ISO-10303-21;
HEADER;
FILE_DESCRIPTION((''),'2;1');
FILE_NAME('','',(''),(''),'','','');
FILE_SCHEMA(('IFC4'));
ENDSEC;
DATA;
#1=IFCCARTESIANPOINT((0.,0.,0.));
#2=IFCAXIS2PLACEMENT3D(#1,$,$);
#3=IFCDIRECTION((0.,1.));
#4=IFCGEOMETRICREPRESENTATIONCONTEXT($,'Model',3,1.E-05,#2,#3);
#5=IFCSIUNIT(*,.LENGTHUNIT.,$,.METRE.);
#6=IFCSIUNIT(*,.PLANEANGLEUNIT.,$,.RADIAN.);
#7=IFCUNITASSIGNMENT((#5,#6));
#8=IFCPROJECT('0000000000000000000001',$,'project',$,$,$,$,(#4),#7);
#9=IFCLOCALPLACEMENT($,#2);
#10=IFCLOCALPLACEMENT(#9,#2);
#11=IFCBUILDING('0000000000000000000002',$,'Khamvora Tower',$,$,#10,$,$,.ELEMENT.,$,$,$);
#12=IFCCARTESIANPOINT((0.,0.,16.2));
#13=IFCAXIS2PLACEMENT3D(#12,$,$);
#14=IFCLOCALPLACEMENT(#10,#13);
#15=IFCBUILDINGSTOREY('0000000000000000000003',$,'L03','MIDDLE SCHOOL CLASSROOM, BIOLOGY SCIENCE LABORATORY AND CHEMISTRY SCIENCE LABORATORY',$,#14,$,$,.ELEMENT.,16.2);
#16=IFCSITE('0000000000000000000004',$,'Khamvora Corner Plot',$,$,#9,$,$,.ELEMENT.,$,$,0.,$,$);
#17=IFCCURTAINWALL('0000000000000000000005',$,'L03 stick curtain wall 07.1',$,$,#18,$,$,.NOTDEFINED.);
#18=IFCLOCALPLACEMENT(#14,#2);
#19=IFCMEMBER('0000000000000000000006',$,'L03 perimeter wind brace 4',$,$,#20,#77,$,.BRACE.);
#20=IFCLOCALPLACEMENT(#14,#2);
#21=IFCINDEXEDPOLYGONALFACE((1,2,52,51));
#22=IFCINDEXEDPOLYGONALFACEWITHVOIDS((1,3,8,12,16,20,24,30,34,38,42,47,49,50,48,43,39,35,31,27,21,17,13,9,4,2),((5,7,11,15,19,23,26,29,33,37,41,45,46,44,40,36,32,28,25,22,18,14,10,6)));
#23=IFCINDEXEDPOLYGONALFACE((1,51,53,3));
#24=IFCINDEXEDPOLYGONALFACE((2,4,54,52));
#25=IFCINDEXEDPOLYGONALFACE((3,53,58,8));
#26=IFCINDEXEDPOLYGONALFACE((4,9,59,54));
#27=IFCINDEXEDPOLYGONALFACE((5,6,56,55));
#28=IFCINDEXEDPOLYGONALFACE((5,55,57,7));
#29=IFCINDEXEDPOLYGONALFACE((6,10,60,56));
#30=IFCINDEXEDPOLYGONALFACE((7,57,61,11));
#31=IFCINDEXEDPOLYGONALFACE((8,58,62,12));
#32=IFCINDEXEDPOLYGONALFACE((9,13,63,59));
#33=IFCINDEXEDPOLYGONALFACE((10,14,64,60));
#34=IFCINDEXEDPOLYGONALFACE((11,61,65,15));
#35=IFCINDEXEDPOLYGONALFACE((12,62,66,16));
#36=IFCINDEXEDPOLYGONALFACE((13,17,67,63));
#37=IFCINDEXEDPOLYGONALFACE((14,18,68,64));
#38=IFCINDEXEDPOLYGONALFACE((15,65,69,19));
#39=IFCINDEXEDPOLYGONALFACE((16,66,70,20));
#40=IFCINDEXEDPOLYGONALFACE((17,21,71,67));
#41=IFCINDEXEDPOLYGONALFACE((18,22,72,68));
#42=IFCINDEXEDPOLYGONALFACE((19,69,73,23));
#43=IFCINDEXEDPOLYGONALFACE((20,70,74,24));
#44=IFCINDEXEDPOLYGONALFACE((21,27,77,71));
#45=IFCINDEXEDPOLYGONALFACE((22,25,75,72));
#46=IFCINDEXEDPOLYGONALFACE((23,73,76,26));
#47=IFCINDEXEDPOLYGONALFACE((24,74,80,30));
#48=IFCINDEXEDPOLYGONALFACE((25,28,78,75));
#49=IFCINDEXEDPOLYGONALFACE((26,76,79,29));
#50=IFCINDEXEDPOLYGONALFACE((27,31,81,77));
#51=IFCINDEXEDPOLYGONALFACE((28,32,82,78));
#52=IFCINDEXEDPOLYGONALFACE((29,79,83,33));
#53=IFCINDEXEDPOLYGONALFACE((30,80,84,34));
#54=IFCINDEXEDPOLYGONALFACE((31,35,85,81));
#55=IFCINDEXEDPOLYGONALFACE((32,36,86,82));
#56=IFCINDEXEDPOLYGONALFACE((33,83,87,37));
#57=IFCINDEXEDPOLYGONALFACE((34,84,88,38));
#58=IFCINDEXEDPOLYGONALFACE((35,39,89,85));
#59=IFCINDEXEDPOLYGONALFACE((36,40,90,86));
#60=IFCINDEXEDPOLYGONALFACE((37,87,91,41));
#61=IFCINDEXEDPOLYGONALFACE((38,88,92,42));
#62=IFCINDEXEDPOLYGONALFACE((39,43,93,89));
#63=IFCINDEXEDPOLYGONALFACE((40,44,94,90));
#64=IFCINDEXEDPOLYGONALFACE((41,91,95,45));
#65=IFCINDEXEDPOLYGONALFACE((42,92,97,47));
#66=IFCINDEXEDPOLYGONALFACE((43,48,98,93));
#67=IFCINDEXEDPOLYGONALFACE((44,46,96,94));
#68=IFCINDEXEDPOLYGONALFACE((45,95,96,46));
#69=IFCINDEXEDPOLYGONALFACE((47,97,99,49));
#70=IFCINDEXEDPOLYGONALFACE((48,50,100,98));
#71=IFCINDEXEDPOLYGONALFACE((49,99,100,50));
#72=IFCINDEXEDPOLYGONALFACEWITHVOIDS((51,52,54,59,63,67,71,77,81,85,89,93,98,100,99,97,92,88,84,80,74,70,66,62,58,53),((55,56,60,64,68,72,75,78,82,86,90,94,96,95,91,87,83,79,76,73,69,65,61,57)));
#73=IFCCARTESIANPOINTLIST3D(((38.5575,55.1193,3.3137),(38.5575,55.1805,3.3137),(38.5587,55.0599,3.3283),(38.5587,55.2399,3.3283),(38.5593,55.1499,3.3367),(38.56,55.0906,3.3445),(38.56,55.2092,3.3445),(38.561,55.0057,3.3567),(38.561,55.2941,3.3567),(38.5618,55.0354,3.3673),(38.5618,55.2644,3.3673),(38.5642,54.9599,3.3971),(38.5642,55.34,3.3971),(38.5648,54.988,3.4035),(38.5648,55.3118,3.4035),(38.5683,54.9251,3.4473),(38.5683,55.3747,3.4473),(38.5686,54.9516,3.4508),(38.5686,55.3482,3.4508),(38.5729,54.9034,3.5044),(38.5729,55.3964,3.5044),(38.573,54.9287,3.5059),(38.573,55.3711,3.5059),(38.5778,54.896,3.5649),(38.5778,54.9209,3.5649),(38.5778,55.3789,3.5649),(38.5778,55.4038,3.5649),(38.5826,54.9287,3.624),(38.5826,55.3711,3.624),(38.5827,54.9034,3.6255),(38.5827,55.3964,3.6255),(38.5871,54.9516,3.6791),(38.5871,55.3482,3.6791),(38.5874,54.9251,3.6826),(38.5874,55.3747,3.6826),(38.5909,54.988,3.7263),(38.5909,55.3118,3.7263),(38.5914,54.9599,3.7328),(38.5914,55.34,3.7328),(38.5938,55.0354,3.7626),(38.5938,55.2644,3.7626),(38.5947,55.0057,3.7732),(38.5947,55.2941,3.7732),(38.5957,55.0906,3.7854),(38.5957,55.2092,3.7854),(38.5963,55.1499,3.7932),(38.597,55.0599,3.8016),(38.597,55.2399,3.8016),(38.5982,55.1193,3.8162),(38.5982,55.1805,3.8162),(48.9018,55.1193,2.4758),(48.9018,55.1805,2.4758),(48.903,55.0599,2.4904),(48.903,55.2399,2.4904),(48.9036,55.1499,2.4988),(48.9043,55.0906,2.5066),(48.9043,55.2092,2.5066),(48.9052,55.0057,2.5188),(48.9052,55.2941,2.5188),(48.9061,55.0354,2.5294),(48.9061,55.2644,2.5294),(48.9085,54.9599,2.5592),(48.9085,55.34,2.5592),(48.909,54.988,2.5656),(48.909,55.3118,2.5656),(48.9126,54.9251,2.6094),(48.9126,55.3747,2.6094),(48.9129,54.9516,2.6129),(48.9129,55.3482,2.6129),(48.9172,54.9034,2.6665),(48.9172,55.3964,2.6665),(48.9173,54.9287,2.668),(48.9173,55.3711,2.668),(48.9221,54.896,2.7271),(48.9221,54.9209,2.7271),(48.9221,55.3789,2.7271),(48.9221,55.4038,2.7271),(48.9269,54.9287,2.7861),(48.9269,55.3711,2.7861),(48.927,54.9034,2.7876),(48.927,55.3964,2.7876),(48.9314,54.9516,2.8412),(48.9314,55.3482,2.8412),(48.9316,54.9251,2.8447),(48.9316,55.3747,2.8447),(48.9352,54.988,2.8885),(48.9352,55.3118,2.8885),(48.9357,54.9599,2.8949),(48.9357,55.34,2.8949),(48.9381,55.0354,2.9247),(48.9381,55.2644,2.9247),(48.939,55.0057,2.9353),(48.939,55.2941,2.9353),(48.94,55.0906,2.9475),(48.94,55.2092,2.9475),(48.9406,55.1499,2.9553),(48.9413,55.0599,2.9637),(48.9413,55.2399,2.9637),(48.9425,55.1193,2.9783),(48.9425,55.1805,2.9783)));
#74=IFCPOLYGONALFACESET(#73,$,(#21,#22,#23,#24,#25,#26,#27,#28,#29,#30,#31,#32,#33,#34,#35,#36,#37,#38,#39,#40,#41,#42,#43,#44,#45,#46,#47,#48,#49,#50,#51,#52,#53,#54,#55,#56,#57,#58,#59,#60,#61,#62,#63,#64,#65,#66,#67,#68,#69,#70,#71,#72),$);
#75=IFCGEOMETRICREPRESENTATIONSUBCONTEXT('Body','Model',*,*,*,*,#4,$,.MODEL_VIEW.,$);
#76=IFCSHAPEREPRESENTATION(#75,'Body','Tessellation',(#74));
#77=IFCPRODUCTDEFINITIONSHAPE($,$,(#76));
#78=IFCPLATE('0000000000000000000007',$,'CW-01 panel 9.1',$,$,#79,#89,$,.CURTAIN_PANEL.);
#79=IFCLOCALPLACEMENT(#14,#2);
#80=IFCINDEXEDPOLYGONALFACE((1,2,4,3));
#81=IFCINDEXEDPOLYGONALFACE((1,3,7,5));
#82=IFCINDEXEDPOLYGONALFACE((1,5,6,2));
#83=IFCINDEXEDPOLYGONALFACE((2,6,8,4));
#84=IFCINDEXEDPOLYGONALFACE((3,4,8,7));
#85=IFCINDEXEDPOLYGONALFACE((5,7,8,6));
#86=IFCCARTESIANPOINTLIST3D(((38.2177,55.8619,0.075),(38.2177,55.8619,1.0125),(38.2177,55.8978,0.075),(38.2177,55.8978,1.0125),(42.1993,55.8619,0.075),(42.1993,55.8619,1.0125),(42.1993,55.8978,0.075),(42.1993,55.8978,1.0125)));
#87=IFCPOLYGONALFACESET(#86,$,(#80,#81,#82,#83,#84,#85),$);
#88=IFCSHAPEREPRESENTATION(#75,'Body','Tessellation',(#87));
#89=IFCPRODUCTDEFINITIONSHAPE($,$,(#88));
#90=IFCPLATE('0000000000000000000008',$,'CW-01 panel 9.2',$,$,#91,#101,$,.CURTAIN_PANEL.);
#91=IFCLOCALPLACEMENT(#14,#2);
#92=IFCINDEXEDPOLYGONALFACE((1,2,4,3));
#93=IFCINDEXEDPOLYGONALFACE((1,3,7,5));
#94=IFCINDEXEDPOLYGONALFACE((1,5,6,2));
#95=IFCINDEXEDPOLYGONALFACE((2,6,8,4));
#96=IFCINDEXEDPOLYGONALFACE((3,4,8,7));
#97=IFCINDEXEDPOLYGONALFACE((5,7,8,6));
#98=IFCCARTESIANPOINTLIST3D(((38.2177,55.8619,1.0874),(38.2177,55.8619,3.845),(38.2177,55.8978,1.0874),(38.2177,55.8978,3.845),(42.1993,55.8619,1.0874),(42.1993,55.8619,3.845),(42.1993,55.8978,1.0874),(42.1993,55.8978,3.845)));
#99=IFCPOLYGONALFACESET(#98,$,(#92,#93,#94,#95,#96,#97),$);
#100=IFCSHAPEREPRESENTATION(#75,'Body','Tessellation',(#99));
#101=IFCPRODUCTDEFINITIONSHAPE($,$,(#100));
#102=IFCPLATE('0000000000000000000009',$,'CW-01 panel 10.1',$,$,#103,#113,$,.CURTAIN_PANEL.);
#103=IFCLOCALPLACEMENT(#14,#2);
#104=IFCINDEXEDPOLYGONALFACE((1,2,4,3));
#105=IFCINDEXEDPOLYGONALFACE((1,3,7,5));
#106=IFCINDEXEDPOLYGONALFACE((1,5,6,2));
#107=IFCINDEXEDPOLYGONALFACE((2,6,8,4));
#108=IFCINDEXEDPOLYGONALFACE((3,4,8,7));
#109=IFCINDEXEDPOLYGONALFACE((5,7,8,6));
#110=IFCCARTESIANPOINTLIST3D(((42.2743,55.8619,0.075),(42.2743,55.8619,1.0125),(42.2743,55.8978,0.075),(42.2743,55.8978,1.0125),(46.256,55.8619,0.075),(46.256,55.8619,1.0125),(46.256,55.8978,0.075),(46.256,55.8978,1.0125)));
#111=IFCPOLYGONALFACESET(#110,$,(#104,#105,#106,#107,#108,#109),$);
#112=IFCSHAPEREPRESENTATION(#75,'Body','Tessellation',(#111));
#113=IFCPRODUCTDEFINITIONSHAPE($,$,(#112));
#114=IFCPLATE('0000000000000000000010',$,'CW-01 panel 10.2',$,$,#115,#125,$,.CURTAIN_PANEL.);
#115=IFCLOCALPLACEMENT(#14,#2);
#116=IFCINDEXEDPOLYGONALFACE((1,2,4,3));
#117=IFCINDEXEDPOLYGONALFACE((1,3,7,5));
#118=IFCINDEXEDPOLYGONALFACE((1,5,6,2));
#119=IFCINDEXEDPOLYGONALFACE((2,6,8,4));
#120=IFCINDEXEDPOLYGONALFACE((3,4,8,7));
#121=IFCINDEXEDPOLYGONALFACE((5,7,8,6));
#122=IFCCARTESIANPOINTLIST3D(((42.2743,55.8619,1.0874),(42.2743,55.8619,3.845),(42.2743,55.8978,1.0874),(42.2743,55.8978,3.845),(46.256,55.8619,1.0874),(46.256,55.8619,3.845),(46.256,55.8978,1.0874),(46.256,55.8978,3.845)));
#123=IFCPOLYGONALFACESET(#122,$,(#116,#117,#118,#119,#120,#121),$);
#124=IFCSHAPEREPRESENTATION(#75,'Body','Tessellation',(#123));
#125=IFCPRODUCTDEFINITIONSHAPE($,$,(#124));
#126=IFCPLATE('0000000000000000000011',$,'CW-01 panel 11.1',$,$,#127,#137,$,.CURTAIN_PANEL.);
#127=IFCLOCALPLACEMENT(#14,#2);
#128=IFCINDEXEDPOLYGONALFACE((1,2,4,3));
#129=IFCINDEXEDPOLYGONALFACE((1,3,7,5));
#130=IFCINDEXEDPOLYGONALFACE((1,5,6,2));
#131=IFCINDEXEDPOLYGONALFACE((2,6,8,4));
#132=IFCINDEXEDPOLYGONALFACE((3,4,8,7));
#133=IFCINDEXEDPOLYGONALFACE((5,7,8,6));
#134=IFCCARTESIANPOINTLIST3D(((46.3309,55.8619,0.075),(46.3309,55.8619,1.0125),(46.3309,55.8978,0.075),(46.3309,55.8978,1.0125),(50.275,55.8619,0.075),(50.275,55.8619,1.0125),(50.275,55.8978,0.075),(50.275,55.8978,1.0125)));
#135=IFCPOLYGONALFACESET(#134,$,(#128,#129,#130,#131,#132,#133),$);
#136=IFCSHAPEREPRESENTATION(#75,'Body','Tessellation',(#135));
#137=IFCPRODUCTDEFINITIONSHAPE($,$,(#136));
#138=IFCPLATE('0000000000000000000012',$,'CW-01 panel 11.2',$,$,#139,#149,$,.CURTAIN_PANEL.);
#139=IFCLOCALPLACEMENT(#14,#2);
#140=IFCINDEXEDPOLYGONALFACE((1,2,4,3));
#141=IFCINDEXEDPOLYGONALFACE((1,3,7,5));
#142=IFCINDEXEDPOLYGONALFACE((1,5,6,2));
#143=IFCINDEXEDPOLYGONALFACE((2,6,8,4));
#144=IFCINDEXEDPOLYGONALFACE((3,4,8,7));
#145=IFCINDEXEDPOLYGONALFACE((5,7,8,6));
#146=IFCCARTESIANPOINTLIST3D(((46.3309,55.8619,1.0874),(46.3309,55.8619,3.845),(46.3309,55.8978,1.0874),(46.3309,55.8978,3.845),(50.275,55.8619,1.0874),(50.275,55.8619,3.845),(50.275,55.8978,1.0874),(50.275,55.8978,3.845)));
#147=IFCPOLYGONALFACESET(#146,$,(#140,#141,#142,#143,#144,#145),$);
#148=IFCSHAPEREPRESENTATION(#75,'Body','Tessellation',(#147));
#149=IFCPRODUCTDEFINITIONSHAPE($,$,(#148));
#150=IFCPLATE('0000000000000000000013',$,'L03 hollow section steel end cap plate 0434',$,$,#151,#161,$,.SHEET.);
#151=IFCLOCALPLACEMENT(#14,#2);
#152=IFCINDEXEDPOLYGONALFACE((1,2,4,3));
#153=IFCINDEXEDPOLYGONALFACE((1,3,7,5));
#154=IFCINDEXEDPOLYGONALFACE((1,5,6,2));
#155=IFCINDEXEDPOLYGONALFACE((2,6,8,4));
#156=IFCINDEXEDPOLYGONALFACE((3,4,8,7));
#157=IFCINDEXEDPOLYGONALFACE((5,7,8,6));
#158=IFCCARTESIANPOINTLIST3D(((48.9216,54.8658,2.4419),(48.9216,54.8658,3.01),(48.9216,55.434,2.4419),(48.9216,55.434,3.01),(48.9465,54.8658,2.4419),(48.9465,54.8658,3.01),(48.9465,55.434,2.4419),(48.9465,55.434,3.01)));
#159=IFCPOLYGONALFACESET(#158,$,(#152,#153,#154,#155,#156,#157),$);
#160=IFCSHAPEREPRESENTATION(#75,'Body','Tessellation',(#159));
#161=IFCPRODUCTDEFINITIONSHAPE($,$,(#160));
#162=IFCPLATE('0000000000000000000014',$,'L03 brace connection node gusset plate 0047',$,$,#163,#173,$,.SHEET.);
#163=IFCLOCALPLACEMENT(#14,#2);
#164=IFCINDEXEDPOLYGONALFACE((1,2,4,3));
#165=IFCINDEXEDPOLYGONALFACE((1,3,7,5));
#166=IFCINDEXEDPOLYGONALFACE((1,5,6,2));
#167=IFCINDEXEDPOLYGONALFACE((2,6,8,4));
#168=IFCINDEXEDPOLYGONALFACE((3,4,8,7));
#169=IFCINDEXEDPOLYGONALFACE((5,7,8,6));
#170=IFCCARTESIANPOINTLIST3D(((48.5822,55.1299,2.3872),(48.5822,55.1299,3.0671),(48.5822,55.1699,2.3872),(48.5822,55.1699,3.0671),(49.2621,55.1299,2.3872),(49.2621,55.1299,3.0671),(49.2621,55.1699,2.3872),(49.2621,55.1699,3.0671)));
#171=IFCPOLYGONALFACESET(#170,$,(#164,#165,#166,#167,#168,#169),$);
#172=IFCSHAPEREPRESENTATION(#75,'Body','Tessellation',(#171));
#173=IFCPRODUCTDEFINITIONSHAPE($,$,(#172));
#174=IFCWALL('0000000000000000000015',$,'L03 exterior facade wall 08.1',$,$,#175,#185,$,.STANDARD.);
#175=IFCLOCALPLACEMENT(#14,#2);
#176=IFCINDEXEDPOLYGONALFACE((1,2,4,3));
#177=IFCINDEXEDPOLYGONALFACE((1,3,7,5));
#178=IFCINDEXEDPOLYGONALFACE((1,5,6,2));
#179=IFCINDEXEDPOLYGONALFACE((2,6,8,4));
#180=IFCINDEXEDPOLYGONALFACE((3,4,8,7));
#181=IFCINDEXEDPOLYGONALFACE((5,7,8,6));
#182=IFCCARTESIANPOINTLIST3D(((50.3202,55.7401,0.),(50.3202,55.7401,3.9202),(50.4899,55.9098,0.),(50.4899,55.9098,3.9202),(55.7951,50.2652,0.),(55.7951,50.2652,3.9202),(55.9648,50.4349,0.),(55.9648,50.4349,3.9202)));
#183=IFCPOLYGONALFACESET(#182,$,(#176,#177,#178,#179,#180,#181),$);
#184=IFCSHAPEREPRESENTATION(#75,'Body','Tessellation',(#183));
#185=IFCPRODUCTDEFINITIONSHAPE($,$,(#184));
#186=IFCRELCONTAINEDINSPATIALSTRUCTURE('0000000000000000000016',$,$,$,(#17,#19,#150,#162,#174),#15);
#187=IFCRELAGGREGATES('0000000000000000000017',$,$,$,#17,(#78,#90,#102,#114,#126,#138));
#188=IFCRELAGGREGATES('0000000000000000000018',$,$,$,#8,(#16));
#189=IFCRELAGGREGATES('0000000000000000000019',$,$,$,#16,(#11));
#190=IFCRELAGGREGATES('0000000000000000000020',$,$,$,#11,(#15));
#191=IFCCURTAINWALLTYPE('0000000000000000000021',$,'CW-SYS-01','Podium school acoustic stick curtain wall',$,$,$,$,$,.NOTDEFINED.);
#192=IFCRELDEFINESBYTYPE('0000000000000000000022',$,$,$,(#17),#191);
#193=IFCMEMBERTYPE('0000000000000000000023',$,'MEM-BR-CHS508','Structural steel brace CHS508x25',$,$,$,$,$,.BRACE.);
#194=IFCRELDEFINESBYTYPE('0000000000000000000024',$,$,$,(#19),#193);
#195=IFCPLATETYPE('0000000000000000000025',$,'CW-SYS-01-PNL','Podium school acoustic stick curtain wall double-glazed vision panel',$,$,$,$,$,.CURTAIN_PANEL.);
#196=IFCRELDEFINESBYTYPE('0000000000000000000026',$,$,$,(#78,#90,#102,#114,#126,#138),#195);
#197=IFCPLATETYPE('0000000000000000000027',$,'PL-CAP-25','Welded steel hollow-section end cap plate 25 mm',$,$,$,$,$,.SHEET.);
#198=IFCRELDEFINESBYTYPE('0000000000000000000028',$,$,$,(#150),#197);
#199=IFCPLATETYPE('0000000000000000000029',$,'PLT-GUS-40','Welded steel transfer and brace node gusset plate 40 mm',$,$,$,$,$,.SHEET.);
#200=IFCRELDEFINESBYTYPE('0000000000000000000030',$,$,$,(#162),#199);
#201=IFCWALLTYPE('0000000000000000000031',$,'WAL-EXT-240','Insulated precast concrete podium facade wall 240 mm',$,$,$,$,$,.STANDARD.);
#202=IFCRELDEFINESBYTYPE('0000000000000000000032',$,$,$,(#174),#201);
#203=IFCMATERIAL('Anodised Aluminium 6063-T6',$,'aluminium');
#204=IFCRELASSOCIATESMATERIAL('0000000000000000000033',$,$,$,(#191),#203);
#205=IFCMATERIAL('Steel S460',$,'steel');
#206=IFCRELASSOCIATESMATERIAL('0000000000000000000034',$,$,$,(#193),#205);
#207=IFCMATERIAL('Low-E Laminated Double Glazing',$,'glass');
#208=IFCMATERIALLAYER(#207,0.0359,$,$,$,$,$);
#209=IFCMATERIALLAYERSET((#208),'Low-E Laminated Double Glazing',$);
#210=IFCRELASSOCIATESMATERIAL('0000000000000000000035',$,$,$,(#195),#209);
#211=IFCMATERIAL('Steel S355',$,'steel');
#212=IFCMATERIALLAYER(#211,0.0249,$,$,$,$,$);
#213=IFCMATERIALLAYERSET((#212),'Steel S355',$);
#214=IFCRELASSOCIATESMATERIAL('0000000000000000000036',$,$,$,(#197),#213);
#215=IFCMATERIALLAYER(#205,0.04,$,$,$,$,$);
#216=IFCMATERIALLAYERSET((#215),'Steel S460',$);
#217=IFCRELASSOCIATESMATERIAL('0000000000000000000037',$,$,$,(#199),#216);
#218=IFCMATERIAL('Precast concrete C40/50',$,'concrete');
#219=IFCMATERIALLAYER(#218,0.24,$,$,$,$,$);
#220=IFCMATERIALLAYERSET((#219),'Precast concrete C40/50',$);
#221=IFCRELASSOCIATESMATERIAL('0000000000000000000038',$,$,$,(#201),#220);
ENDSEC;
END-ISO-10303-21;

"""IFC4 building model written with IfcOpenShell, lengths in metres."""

from ifc_helpers import new_model, si_unit, direction, frame, frame_2d, origin, origin_2d, place, context, subcontext, project, spatial, rectangle, hollow_circle, extrude, material, layer, layer_set, material_profile, profile_set, type_object, element, aggregate, save


model = new_model("IFC4")

# Units and contexts
model_context = context("Model", 3, precision=1e-05, world=origin(), true_north=direction((0.0, 1.0)))
body_context = subcontext(model_context, "Body", "Model", "MODEL_VIEW")
ifc_project = project(units=[si_unit("LENGTHUNIT", "METRE"), si_unit("PLANEANGLEUNIT", "RADIAN")], contexts=[model_context])

# Site, building, storey
site_placement = place(None, origin())
site = spatial("IfcSite", under=ifc_project, at=site_placement, Name="Khamvora Corner Plot", CompositionType="ELEMENT", RefElevation=0.0)
building_placement = place(site_placement, origin())
building = spatial("IfcBuilding", under=site, at=building_placement, Name="Khamvora Tower", CompositionType="ELEMENT")
storey_placement = place(building_placement, frame((0.0, 0.0, 16.2)))
storey = spatial("IfcBuildingStorey", under=building, at=storey_placement, Name="L03", Description="MIDDLE SCHOOL CLASSROOM, BIOLOGY SCIENCE LABORATORY AND CHEMISTRY SCIENCE LABORATORY", CompositionType="ELEMENT", Elevation=16.2)

# Shared definitions
ifc_material_1 = material(Name="Steel S460", Category="steel")

# Shared definitions
ifc_material_2 = material(Name="Steel S355", Category="steel")

# Curtain wall
ifc_material_3 = material(Name="Anodised Aluminium 6063-T6", Category="aluminium")
curtain_wall_type = type_object("IfcCurtainWallType", Name="CW-SYS-01", Description="Podium school acoustic stick curtain wall", PredefinedType="NOTDEFINED", material=ifc_material_3)
curtain_wall_placement = place(storey_placement, origin())
curtain_wall = element("IfcCurtainWall", 1, at=curtain_wall_placement, inside=storey, type_object=curtain_wall_type, Name="L03 stick curtain wall 07.1", PredefinedType="NOTDEFINED")

# Member
ifc_material_profile_1 = material_profile(ifc_material_1, hollow_circle(Radius=0.2539, WallThickness=0.0249, at=origin_2d()), Name="CHS508x25")
ifc_profile_set_1 = profile_set([ifc_material_profile_1], Name="Steel S460")
member_type_1 = type_object("IfcMemberType", Name="MEM-BR-CHS508", Description="Structural steel brace CHS508x25", PredefinedType="BRACE", material=ifc_profile_set_1)
member_1_placement = place(storey_placement, frame((48.9221, 55.1499, 2.7271), z_axis=(-0.996735, 0.0, 0.080736), x_axis=(0.0, -1.0, 0.0)))
element("IfcMember", 2, at=member_1_placement, inside=storey, type_object=member_type_1, Name="L03 perimeter wind brace 4", PredefinedType="BRACE", context=body_context, shape_type="SweptSolid", body=[
    extrude(hollow_circle(Radius=0.2539, WallThickness=0.0249, at=origin_2d()), origin(), (0.0, 0.0, 1.0), 10.3782),
])

# Plates
ifc_material_4 = material(Name="Low-E Laminated Double Glazing", Category="glass")
ifc_layer_1 = layer(ifc_material_4, 0.0359)
ifc_layer_set_1 = layer_set([ifc_layer_1], Name="Low-E Laminated Double Glazing")
plate_type_1 = type_object("IfcPlateType", Name="CW-SYS-01-PNL", Description="Podium school acoustic stick curtain wall double-glazed vision panel", PredefinedType="CURTAIN_PANEL", material=ifc_layer_set_1)
plate_1_placement = place(storey_placement, frame((40.2085, 55.8799, 0.075), z_axis=(0.0, 0.0, 1.0), x_axis=(1.0, 0.0, 0.0)))
plate_1 = element("IfcPlate", 3, at=plate_1_placement, type_object=plate_type_1, Name="CW-01 panel 9.1", PredefinedType="CURTAIN_PANEL", context=body_context, shape_type="SweptSolid", body=[
    extrude(rectangle(XDim=3.9817, YDim=0.0359, at=origin_2d()), origin(), (0.0, 0.0, 1.0), 0.9375),
])
plate_2_placement = place(storey_placement, frame((40.2085, 55.8799, 1.0874), z_axis=(0.0, 0.0, 1.0), x_axis=(1.0, 0.0, 0.0)))
plate_2 = element("IfcPlate", 4, at=plate_2_placement, type_object=plate_type_1, Name="CW-01 panel 9.2", PredefinedType="CURTAIN_PANEL", context=body_context, shape_type="SweptSolid", body=[
    extrude(rectangle(XDim=3.9817, YDim=0.0359, at=origin_2d()), origin(), (0.0, 0.0, 1.0), 2.7576),
])
plate_3_placement = place(storey_placement, frame((44.2651, 55.8799, 0.075), z_axis=(0.0, 0.0, 1.0), x_axis=(1.0, 0.0, 0.0)))
plate_3 = element("IfcPlate", 5, at=plate_3_placement, type_object=plate_type_1, Name="CW-01 panel 10.1", PredefinedType="CURTAIN_PANEL", context=body_context, shape_type="SweptSolid", body=[
    extrude(rectangle(XDim=3.9817, YDim=0.0359, at=origin_2d()), origin(), (0.0, 0.0, 1.0), 0.9375),
])
plate_4_placement = place(storey_placement, frame((44.2651, 55.8799, 1.0874), z_axis=(0.0, 0.0, 1.0), x_axis=(1.0, 0.0, 0.0)))
plate_4 = element("IfcPlate", 6, at=plate_4_placement, type_object=plate_type_1, Name="CW-01 panel 10.2", PredefinedType="CURTAIN_PANEL", context=body_context, shape_type="SweptSolid", body=[
    extrude(rectangle(XDim=3.9817, YDim=0.0359, at=origin_2d()), origin(), (0.0, 0.0, 1.0), 2.7576),
])
plate_5_placement = place(storey_placement, frame((48.303, 55.8799, 0.075), z_axis=(0.0, 0.0, 1.0), x_axis=(1.0, 0.0, 0.0)))
plate_5 = element("IfcPlate", 7, at=plate_5_placement, type_object=plate_type_1, Name="CW-01 panel 11.1", PredefinedType="CURTAIN_PANEL", context=body_context, shape_type="SweptSolid", body=[
    extrude(rectangle(XDim=3.9441, YDim=0.0359, at=origin_2d()), origin(), (0.0, 0.0, 1.0), 0.9375),
])
plate_6_placement = place(storey_placement, frame((48.303, 55.8799, 1.0874), z_axis=(0.0, 0.0, 1.0), x_axis=(1.0, 0.0, 0.0)))
plate_6 = element("IfcPlate", 8, at=plate_6_placement, type_object=plate_type_1, Name="CW-01 panel 11.2", PredefinedType="CURTAIN_PANEL", context=body_context, shape_type="SweptSolid", body=[
    extrude(rectangle(XDim=3.9441, YDim=0.0359, at=origin_2d()), origin(), (0.0, 0.0, 1.0), 2.7576),
])
aggregate(curtain_wall, [plate_1, plate_2, plate_3, plate_4, plate_5, plate_6])

# Plates
ifc_layer_2 = layer(ifc_material_2, 0.0249)
ifc_layer_set_2 = layer_set([ifc_layer_2], Name="Steel S355")
plate_type_2 = type_object("IfcPlateType", Name="PL-CAP-25", Description="Welded steel hollow-section end cap plate 25 mm", PredefinedType="SHEET", material=ifc_layer_set_2)
plate_7_placement = place(storey_placement, frame((48.9341, 55.1499, 2.4419), z_axis=(0.0, 0.0, 1.0), x_axis=(-1.0, 0.0, 0.0)))
element("IfcPlate", 9, at=plate_7_placement, inside=storey, type_object=plate_type_2, Name="L03 hollow section steel end cap plate 0434", PredefinedType="SHEET", context=body_context, shape_type="SweptSolid", body=[
    extrude(rectangle(XDim=0.0249, YDim=0.5681, at=origin_2d()), origin(), (0.0, 0.0, 1.0), 0.5681),
])
ifc_layer_3 = layer(ifc_material_1, 0.04)
ifc_layer_set_3 = layer_set([ifc_layer_3], Name="Steel S460")
plate_type_3 = type_object("IfcPlateType", Name="PLT-GUS-40", Description="Welded steel transfer and brace node gusset plate 40 mm", PredefinedType="SHEET", material=ifc_layer_set_3)
plate_8_placement = place(storey_placement, frame((48.9221, 55.1499, 2.3872), z_axis=(0.0, 0.0, 1.0), x_axis=(1.0, 0.0, 0.0)))
element("IfcPlate", 10, at=plate_8_placement, inside=storey, type_object=plate_type_3, Name="L03 brace connection node gusset plate 0047", PredefinedType="SHEET", context=body_context, shape_type="SweptSolid", body=[
    extrude(rectangle(XDim=0.6799, YDim=0.04, at=origin_2d()), origin(), (0.0, 0.0, 1.0), 0.6799),
])

# Wall
ifc_material_5 = material(Name="Precast concrete C40/50", Category="concrete")
ifc_layer_4 = layer(ifc_material_5, 0.24)
ifc_layer_set_4 = layer_set([ifc_layer_4], Name="Precast concrete C40/50")
wall_type = type_object("IfcWallType", Name="WAL-EXT-240", Description="Insulated precast concrete podium facade wall 240 mm", PredefinedType="STANDARD", material=ifc_layer_set_4)
wall_1_placement = place(storey_placement, frame((50.405, 55.825, 0.0), z_axis=(0.0, 0.0, 1.0), x_axis=(0.707107, -0.707107, 0.0)))
element("IfcWall", 11, at=wall_1_placement, inside=storey, type_object=wall_type, Name="L03 exterior facade wall 08.1", PredefinedType="STANDARD", context=body_context, shape_type="SweptSolid", body=[
    extrude(rectangle(XDim=7.7427, YDim=0.24, at=frame_2d((3.8713, 0.0))), origin(), (0.0, 0.0, 1.0), 3.9202),
])

save(model, "model.ifc")
